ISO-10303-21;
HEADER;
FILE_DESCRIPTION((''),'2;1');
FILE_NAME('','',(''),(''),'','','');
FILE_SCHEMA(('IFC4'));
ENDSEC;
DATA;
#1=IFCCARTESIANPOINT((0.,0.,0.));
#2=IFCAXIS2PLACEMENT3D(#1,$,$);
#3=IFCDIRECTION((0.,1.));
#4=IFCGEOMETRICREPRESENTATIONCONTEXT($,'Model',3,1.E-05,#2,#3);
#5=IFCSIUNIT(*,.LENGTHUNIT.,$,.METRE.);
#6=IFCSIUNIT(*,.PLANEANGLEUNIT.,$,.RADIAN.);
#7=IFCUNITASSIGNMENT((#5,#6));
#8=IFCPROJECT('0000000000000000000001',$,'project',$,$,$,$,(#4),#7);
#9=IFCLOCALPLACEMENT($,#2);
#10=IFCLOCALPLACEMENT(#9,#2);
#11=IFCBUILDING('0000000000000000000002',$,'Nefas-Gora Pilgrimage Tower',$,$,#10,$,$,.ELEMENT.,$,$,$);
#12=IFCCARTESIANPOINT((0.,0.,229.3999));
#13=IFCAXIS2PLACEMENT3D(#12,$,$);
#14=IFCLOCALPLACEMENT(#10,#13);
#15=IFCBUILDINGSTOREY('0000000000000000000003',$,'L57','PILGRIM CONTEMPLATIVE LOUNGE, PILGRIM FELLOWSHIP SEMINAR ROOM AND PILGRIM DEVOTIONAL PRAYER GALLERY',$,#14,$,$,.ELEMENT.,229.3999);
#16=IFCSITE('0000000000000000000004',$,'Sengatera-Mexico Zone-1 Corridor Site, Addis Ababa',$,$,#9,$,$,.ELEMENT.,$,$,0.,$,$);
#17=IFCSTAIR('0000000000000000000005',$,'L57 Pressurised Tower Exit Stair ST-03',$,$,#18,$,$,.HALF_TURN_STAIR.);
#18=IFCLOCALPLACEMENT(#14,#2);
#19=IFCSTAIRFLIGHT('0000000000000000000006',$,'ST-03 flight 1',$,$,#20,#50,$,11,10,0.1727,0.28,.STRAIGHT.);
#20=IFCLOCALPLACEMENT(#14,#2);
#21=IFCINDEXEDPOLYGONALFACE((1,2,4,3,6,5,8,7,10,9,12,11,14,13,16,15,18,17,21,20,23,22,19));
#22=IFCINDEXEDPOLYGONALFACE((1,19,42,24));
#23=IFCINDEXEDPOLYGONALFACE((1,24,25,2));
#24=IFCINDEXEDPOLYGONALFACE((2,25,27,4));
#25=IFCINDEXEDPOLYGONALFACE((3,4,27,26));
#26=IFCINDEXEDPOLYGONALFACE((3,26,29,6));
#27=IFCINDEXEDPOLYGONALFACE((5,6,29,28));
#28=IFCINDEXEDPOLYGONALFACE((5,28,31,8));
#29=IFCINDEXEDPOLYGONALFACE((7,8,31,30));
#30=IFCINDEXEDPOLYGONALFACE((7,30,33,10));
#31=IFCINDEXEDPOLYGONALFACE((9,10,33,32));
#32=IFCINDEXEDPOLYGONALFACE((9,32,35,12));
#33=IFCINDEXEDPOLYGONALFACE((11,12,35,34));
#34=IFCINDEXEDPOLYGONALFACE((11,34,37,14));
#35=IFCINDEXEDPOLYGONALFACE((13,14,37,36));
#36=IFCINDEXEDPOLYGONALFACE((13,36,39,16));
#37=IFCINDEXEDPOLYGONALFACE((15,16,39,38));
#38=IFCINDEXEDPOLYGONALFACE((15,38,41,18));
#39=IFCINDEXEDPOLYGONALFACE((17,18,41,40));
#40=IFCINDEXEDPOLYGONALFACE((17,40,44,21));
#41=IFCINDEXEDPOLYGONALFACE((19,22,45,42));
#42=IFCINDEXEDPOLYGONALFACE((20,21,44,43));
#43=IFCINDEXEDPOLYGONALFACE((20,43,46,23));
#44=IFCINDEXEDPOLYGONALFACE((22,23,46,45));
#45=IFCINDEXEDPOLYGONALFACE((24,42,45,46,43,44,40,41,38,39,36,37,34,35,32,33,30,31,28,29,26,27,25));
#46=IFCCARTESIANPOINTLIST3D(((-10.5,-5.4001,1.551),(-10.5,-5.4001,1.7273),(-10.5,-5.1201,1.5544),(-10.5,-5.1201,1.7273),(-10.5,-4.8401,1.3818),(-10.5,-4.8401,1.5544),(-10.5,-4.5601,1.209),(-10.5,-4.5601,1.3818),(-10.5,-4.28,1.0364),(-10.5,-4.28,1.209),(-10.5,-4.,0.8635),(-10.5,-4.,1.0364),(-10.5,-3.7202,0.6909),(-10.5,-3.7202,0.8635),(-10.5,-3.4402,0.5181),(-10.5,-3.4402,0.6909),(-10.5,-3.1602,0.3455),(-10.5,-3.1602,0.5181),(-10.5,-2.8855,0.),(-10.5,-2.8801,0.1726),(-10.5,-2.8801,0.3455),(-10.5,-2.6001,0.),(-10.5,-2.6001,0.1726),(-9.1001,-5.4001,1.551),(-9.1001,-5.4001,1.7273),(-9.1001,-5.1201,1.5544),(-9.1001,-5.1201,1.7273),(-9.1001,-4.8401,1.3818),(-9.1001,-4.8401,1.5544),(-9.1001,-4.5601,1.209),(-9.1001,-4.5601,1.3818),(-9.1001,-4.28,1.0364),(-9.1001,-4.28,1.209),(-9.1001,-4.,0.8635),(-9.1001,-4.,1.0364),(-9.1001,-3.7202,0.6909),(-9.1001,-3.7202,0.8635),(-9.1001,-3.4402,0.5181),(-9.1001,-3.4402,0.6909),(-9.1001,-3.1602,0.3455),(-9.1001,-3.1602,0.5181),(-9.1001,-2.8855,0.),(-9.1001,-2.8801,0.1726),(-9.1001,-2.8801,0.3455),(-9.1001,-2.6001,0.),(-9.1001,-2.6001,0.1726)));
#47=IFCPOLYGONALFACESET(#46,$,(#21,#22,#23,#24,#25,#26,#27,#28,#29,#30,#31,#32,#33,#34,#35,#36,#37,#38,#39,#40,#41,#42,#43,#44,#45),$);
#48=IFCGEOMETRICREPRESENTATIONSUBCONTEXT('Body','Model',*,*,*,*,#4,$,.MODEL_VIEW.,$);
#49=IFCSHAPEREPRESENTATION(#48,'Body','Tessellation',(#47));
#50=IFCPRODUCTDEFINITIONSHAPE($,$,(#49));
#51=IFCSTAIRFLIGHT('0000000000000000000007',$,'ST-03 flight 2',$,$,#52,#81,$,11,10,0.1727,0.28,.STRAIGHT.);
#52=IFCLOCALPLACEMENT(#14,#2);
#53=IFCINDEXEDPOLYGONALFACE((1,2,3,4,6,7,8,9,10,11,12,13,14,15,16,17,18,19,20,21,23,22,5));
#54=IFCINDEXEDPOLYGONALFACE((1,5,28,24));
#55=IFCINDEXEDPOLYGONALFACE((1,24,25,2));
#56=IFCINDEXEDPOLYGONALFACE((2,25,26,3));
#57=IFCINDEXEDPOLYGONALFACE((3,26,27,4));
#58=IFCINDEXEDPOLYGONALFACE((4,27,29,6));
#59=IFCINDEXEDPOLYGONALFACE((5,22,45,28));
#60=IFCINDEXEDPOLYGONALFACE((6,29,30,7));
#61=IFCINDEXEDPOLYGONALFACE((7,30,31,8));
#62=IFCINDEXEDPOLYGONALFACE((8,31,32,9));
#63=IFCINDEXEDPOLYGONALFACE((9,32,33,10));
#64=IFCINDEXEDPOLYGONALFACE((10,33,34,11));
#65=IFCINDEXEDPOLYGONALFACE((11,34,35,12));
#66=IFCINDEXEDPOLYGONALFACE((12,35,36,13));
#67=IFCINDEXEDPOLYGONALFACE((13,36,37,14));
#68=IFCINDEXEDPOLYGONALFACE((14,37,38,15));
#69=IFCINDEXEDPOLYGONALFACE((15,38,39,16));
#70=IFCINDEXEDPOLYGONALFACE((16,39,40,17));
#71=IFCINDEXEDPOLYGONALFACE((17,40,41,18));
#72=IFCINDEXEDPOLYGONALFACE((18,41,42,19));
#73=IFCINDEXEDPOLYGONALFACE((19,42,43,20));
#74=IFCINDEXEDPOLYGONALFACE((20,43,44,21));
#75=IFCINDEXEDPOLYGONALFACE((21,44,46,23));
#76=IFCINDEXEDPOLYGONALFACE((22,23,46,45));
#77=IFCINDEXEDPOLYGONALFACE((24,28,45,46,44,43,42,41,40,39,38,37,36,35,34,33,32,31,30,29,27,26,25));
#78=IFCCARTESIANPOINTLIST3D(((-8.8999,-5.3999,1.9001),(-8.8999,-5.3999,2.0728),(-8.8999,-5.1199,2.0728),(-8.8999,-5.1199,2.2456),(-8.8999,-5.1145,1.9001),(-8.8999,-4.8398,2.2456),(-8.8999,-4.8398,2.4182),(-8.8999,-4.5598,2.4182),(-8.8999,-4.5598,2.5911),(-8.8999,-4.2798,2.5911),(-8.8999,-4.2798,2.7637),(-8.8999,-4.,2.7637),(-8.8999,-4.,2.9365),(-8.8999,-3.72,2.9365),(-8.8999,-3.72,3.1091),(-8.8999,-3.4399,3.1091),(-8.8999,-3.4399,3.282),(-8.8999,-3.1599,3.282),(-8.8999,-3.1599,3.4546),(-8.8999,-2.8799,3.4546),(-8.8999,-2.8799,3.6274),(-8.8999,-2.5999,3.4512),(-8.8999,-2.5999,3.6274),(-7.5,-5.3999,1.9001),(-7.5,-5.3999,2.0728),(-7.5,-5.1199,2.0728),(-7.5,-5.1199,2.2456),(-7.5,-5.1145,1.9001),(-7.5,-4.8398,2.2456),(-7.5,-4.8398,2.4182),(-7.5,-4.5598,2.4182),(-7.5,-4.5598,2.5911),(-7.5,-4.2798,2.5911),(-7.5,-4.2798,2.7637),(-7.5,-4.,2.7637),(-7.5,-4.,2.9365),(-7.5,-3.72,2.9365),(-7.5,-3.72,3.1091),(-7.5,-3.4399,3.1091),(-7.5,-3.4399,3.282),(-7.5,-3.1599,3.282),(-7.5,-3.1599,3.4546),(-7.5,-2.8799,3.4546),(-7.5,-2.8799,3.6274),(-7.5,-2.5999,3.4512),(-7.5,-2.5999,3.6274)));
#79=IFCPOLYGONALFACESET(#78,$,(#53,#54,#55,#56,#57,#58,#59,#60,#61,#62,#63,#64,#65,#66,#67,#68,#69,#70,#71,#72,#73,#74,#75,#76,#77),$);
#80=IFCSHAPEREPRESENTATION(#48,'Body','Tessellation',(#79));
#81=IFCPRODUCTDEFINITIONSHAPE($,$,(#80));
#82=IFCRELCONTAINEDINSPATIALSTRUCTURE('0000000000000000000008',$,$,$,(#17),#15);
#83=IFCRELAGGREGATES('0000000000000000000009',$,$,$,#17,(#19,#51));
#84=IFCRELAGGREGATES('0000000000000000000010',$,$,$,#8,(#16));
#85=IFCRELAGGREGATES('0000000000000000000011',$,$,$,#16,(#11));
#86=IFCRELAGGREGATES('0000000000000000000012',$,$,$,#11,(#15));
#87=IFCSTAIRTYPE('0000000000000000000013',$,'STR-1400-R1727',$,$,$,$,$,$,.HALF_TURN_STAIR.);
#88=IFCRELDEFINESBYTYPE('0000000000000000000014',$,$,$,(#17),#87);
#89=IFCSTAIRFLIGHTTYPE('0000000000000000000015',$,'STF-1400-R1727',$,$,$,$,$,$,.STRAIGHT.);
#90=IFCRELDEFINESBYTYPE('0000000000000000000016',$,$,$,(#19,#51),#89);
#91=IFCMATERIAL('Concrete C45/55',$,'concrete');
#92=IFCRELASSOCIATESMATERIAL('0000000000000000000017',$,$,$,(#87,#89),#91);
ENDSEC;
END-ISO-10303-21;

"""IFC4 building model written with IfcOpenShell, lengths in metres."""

from ifc_helpers import new_model, si_unit, direction, frame, origin, place, context, subcontext, project, spatial, polyline, outline, extrude, source, transform, mapped, material, type_object, element, aggregate, save


model = new_model("IFC4")

# Units and contexts
model_context = context("Model", 3, precision=1e-05, world=origin(), true_north=direction((0.0, 1.0)))
body_context = subcontext(model_context, "Body", "Model", "MODEL_VIEW")
ifc_project = project(units=[si_unit("LENGTHUNIT", "METRE"), si_unit("PLANEANGLEUNIT", "RADIAN")], contexts=[model_context])

# Site, building, storey
site_placement = place(None, origin())
site = spatial("IfcSite", under=ifc_project, at=site_placement, Name="Sengatera-Mexico Zone-1 Corridor Site, Addis Ababa", CompositionType="ELEMENT", RefElevation=0.0)
building_placement = place(site_placement, origin())
building = spatial("IfcBuilding", under=site, at=building_placement, Name="Nefas-Gora Pilgrimage Tower", CompositionType="ELEMENT")
storey_placement = place(building_placement, frame((0.0, 0.0, 229.3999)))
storey = spatial("IfcBuildingStorey", under=building, at=storey_placement, Name="L57", Description="PILGRIM CONTEMPLATIVE LOUNGE, PILGRIM FELLOWSHIP SEMINAR ROOM AND PILGRIM DEVOTIONAL PRAYER GALLERY", CompositionType="ELEMENT", Elevation=229.3999)

# Shared definitions
ifc_material_1 = material(Name="Concrete C45/55", Category="concrete")

# Stair, stair flights
stair_type = type_object("IfcStairType", Name="STR-1400-R1727", PredefinedType="HALF_TURN_STAIR", material=ifc_material_1)
stair_placement = place(storey_placement, origin())
stair = element("IfcStair", 1, at=stair_placement, inside=storey, type_object=stair_type, Name="L57 Pressurised Tower Exit Stair ST-03", PredefinedType="HALF_TURN_STAIR")
stair_flight_type = type_object("IfcStairFlightType", Name="STF-1400-R1727", PredefinedType="STRAIGHT", material=ifc_material_1)
shared_shape_1 = source(origin(), body_context, "Body", "SweptSolid", [
    extrude(outline(polyline([(0.0, 0.0), (0.0, 0.1726), (0.28, 0.1726), (0.28, 0.3455), (0.5601, 0.3455), (0.5601, 0.5181), (0.8401, 0.5181), (0.8401, 0.6909), (1.1201, 0.6909), (1.1201, 0.8635), (1.3999, 0.8635), (1.3999, 1.0364), (1.6799, 1.0364), (1.6799, 1.209), (1.96, 1.209), (1.96, 1.3818), (2.24, 1.3818), (2.24, 1.5544), (2.52, 1.5544), (2.52, 1.7273), (2.8, 1.7273), (2.8, 1.8999), (2.8, 1.551), (0.2854, 0.0), (0.0, 0.0)])), frame((0.0, 0.7, 0.0), z_axis=(0.0, -1.0, 0.0), x_axis=(1.0, 0.0, 0.0)), (0.0, 0.0, 1.0), 1.3999),
])
stair_flight_1_placement = place(storey_placement, frame((-9.8, -2.6001, 0.0), z_axis=(0.0, 0.0, 1.0), x_axis=(0.0, -1.0, 0.0)))
stair_flight_1 = element("IfcStairFlight", 2, at=stair_flight_1_placement, type_object=stair_flight_type, Name="ST-03 flight 1", NumberOfRisers=11, NumberOfTreads=10, PredefinedType="STRAIGHT", RiserHeight=0.1727, TreadLength=0.28, context=body_context, shape_type="MappedRepresentation", body=[
    mapped(shared_shape_1, transform((0.0, 0.0, 0.0), x_axis=(1.0, 0.0, 0.0), y_axis=(0.0, 1.0, 0.0), z_axis=(0.0, 0.0, 1.0), scale=1.0)),
])
stair_flight_2_placement = place(storey_placement, frame((-8.2, -5.3999, 1.9001), z_axis=(0.0, 0.0, 1.0), x_axis=(0.0, 1.0, 0.0)))
stair_flight_2 = element("IfcStairFlight", 3, at=stair_flight_2_placement, type_object=stair_flight_type, Name="ST-03 flight 2", NumberOfRisers=11, NumberOfTreads=10, PredefinedType="STRAIGHT", RiserHeight=0.1727, TreadLength=0.28, context=body_context, shape_type="MappedRepresentation", body=[
    mapped(shared_shape_1, transform((0.0, 0.0, 0.0), x_axis=(1.0, 0.0, 0.0), y_axis=(0.0, 1.0, 0.0), z_axis=(0.0, 0.0, 1.0), scale=1.0)),
])
aggregate(stair, [stair_flight_1, stair_flight_2])

save(model, "model.ifc")
